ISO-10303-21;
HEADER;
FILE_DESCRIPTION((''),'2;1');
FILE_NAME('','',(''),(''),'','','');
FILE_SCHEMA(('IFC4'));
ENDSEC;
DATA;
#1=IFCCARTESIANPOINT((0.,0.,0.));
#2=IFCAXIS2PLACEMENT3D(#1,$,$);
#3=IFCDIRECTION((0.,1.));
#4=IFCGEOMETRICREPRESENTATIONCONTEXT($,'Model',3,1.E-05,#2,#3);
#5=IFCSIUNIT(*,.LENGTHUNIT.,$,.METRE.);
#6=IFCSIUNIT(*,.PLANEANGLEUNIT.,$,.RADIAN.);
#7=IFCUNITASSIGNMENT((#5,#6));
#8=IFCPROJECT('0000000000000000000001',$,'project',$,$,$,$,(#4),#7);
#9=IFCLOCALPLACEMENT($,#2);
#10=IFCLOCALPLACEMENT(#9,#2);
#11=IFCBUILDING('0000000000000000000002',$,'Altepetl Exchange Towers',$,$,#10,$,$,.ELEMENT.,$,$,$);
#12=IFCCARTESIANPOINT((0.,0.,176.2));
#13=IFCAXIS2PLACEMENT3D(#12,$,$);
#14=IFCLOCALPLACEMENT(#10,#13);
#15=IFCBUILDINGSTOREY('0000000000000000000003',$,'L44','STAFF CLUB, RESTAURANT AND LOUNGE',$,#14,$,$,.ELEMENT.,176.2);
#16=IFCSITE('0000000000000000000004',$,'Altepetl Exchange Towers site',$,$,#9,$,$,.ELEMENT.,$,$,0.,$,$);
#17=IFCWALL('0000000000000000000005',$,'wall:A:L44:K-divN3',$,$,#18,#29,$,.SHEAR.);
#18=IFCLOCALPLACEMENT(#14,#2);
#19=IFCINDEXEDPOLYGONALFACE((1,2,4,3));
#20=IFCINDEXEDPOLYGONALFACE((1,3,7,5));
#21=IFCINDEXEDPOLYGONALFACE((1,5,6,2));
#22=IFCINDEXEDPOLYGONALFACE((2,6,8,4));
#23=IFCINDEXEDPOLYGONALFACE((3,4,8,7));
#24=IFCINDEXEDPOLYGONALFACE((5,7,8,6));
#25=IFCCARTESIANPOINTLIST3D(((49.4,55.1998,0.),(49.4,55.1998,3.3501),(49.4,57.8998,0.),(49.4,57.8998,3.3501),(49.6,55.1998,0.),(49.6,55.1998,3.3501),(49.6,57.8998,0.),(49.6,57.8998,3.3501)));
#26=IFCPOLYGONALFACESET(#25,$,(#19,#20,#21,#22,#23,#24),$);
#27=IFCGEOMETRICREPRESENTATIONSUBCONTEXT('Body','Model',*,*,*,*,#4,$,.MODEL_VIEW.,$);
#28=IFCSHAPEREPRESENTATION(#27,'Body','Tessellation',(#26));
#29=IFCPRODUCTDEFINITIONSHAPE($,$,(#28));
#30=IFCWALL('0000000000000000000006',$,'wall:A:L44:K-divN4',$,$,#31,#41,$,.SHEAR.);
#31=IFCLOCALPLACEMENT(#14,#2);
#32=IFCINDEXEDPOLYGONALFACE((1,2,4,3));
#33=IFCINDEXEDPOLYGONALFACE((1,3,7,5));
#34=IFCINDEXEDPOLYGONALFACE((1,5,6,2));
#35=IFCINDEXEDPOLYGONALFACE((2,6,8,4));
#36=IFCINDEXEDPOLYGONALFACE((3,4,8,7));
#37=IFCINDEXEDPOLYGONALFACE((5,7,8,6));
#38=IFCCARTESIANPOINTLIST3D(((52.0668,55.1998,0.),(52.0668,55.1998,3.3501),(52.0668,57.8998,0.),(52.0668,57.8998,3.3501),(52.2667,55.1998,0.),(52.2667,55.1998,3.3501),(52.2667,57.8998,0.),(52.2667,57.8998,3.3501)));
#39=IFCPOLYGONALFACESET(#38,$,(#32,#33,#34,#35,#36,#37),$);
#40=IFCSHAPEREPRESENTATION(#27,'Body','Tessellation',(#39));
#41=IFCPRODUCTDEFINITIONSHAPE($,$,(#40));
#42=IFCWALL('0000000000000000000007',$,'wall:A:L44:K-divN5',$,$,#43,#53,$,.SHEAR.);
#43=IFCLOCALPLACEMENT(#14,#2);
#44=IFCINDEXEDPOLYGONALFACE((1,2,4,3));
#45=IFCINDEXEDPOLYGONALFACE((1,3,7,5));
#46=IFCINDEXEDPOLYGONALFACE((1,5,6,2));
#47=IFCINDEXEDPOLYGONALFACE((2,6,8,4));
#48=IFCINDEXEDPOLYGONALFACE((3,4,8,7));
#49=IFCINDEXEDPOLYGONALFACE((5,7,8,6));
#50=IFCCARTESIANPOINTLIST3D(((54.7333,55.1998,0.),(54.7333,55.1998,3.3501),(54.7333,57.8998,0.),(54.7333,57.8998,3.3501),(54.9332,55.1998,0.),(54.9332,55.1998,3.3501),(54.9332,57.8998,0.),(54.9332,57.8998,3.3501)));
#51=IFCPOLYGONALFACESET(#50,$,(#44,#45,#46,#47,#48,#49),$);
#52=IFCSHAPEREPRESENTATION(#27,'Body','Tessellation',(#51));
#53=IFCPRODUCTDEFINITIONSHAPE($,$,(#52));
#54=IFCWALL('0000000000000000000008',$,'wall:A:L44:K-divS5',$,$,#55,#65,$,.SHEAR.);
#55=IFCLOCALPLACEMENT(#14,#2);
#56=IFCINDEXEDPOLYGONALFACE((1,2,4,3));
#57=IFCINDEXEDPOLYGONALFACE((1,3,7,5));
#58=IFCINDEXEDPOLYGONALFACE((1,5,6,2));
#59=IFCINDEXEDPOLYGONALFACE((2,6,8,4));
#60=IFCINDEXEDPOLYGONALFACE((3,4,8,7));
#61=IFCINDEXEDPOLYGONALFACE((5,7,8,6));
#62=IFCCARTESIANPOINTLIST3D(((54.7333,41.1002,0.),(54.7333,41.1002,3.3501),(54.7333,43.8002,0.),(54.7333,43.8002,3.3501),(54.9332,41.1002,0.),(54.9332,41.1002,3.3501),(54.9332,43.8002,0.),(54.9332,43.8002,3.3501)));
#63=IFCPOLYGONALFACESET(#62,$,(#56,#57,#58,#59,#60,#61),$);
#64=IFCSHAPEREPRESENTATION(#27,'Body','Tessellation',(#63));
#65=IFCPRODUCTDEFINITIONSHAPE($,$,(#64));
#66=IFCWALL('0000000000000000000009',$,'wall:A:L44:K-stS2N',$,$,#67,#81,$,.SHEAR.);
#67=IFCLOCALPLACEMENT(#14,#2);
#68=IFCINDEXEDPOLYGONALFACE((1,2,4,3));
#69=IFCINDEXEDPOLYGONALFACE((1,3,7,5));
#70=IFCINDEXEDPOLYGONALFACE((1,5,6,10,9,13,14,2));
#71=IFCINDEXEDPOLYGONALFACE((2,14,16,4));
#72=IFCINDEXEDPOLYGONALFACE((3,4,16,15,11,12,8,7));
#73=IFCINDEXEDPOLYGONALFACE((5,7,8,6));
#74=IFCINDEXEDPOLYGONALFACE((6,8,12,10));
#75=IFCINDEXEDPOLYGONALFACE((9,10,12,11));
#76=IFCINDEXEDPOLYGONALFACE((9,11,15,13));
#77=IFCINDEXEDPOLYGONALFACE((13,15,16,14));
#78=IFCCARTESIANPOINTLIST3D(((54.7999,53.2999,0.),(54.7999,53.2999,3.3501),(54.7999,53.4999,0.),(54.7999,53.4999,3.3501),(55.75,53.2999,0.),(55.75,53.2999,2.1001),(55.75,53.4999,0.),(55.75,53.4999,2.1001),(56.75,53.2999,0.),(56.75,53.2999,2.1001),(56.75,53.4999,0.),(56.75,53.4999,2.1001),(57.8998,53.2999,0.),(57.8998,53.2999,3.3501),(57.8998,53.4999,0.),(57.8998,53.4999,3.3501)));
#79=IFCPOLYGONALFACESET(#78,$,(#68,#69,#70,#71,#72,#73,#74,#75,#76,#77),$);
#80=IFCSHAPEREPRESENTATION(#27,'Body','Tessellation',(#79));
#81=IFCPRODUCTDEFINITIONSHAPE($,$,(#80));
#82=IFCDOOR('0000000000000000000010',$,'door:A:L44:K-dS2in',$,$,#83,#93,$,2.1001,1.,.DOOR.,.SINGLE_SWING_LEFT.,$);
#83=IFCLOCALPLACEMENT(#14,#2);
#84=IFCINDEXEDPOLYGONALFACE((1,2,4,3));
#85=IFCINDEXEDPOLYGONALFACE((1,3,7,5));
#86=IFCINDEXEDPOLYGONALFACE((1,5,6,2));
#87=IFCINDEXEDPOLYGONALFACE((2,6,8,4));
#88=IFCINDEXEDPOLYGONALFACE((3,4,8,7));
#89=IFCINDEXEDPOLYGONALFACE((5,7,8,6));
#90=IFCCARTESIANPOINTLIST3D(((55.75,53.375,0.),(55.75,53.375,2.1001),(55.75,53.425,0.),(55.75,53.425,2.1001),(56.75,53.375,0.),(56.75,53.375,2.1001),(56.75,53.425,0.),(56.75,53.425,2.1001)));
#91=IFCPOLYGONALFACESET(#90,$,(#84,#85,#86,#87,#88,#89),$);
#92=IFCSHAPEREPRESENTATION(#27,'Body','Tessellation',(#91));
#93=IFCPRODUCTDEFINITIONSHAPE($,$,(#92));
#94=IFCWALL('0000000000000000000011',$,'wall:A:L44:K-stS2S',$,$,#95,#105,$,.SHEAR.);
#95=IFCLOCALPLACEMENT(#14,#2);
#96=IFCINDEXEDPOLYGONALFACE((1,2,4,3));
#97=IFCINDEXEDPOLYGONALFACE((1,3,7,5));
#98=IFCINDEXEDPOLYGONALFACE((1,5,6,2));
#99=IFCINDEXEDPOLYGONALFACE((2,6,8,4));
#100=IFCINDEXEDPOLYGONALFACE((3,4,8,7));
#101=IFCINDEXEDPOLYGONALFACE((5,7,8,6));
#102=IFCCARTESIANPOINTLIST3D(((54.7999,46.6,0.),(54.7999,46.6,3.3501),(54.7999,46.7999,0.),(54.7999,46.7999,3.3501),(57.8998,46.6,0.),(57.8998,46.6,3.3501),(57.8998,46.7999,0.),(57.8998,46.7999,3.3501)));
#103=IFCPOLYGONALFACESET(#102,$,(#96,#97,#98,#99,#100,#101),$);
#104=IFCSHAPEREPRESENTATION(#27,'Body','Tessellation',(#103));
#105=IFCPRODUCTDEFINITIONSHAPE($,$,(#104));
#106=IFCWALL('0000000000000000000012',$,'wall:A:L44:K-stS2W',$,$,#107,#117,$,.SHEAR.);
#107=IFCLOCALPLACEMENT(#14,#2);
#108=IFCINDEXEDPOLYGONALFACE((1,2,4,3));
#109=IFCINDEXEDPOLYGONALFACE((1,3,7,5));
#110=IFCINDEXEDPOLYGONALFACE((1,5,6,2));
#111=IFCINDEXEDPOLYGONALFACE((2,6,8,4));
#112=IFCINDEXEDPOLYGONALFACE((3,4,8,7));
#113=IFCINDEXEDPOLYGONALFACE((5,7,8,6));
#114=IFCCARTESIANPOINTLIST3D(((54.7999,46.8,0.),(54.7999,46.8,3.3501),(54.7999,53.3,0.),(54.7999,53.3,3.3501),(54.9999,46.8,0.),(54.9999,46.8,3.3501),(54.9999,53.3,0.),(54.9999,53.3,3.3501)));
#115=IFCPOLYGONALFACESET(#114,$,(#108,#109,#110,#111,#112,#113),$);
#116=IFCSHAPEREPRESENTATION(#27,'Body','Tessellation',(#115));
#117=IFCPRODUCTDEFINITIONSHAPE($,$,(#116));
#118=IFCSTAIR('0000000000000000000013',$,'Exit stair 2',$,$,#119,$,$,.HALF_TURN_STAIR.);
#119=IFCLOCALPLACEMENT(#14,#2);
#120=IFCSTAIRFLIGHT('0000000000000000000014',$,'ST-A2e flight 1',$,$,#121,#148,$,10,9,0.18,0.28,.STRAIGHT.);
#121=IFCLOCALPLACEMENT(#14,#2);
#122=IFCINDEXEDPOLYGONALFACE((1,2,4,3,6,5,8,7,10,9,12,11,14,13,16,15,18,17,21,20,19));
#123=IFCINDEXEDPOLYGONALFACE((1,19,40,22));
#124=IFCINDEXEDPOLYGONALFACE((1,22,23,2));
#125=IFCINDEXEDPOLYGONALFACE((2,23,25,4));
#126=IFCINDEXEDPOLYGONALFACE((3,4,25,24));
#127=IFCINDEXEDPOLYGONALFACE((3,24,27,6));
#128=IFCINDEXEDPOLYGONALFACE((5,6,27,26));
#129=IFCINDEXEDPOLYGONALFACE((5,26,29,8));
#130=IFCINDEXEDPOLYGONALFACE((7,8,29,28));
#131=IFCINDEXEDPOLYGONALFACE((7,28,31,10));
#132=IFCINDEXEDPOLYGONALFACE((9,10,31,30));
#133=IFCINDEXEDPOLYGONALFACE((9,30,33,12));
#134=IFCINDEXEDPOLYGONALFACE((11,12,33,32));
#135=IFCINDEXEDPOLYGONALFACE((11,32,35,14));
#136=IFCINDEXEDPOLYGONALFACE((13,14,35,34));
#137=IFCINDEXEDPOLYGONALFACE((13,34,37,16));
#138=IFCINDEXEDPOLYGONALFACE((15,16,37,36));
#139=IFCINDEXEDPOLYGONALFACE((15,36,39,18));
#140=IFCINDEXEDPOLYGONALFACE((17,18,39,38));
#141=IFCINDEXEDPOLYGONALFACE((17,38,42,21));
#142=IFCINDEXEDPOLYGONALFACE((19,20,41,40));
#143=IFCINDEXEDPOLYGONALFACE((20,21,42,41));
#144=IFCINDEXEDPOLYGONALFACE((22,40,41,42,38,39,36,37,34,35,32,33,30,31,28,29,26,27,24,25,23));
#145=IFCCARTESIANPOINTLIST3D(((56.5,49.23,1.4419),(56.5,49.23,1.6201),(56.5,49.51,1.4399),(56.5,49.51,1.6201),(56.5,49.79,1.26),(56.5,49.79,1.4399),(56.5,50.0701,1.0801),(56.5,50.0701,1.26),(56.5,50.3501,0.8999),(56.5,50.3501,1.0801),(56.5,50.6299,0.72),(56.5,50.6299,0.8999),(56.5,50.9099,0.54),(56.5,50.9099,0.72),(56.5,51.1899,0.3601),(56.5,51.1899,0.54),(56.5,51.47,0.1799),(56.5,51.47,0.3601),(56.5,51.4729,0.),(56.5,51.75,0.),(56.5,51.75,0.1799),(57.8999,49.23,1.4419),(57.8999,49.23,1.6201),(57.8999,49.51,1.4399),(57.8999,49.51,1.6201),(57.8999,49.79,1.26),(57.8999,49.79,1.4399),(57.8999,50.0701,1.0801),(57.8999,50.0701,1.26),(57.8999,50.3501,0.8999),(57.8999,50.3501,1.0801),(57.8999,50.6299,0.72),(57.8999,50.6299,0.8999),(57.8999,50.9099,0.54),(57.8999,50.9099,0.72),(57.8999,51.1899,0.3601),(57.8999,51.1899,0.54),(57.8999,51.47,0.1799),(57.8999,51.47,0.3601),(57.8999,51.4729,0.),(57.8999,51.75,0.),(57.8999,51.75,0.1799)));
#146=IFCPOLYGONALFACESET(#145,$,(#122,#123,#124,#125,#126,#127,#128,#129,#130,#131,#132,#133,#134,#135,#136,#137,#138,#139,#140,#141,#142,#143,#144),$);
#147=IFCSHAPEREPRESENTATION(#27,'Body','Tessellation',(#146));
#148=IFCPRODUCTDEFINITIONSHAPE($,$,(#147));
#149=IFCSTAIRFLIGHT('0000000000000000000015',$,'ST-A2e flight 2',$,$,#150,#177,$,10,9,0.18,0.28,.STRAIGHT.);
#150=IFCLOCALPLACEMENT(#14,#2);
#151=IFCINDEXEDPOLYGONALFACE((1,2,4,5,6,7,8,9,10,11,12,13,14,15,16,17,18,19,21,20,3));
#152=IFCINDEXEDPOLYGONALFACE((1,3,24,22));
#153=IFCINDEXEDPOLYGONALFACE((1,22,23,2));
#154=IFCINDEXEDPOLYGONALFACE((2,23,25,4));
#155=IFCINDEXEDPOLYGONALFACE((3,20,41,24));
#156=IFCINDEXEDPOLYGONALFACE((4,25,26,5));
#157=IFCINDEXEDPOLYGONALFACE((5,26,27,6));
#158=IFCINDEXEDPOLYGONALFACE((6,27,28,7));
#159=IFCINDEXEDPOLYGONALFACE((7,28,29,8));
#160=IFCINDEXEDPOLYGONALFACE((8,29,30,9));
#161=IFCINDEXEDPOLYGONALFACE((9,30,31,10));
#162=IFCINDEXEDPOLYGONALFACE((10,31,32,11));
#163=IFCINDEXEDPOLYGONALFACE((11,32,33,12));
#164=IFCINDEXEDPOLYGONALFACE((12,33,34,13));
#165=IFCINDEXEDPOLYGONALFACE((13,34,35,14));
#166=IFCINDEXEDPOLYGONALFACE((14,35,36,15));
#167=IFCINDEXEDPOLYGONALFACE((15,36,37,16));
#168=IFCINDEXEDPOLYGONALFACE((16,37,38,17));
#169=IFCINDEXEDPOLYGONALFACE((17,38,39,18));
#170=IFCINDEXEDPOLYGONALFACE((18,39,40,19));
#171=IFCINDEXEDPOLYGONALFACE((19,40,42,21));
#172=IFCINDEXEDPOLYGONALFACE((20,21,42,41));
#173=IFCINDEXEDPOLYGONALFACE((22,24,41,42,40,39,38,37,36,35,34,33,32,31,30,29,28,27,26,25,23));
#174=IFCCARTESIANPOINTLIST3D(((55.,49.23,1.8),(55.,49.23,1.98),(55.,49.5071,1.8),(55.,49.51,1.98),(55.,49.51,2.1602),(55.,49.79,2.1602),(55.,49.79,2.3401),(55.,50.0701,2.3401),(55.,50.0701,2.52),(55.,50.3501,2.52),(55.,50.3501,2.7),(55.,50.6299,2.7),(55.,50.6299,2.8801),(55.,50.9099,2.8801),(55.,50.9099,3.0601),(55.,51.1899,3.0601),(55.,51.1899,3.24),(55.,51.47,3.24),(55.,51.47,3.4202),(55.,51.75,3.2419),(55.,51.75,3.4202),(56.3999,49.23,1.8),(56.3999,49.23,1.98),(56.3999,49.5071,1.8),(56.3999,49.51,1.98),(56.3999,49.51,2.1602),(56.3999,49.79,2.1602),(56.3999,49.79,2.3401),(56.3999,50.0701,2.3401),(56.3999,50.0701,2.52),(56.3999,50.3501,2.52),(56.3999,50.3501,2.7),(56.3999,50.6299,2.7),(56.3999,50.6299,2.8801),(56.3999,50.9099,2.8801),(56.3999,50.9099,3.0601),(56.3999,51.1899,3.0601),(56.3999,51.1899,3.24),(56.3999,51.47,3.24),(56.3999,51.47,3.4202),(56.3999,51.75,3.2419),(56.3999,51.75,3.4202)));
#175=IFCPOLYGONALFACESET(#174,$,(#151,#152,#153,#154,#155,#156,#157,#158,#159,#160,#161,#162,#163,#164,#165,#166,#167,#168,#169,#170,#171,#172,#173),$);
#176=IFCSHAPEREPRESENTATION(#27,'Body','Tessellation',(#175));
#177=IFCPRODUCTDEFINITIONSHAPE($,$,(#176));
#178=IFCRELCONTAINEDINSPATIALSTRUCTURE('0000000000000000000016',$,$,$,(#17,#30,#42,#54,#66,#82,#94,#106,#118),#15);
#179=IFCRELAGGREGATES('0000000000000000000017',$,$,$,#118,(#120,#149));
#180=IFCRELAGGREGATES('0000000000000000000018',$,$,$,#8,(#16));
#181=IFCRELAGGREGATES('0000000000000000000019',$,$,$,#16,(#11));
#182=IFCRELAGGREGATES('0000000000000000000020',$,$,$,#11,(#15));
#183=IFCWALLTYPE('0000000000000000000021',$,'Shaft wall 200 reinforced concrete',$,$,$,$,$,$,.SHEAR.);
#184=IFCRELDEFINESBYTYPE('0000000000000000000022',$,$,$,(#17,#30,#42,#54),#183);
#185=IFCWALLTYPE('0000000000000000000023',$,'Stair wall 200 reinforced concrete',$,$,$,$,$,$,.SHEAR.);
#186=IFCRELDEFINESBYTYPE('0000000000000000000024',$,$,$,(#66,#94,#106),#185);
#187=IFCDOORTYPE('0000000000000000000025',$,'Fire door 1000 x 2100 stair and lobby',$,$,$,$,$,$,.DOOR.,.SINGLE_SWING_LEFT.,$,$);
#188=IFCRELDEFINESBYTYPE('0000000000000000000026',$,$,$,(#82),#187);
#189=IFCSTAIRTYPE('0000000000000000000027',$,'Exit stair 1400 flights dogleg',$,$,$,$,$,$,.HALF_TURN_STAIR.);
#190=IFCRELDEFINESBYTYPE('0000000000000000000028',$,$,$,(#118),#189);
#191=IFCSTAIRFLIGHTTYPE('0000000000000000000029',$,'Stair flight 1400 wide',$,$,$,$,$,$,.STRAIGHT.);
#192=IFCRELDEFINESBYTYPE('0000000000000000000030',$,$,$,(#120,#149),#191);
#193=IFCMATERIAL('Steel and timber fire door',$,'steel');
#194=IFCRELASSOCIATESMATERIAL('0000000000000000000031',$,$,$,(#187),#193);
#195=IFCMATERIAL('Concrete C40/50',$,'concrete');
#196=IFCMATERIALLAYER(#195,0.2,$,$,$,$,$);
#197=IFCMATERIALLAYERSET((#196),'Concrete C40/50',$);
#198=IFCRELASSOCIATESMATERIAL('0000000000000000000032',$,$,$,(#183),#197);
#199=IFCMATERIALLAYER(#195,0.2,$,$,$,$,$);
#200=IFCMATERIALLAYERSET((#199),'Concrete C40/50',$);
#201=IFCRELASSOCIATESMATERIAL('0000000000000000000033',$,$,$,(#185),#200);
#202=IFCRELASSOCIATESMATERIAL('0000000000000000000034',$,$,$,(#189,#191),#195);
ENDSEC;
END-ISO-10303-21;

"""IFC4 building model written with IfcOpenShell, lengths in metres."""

from ifc_helpers import new_model, si_unit, direction, frame, frame_2d, origin, place, context, subcontext, project, spatial, polyline, rectangle, outline, extrude, material, layer, layer_set, type_object, element, fill, aggregate, save


model = new_model("IFC4")

# Units and contexts
model_context = context("Model", 3, precision=1e-05, world=origin(), true_north=direction((0.0, 1.0)))
body_context = subcontext(model_context, "Body", "Model", "MODEL_VIEW")
ifc_project = project(units=[si_unit("LENGTHUNIT", "METRE"), si_unit("PLANEANGLEUNIT", "RADIAN")], contexts=[model_context])

# Site, building, storey
site_placement = place(None, origin())
site = spatial("IfcSite", under=ifc_project, at=site_placement, Name="Altepetl Exchange Towers site", CompositionType="ELEMENT", RefElevation=0.0)
building_placement = place(site_placement, origin())
building = spatial("IfcBuilding", under=site, at=building_placement, Name="Altepetl Exchange Towers", CompositionType="ELEMENT")
storey_placement = place(building_placement, frame((0.0, 0.0, 176.2)))
storey = spatial("IfcBuildingStorey", under=building, at=storey_placement, Name="L44", Description="STAFF CLUB, RESTAURANT AND LOUNGE", CompositionType="ELEMENT", Elevation=176.2)

# Shared definitions
ifc_material_1 = material(Name="Steel and timber fire door", Category="steel")
door_type_1 = type_object("IfcDoorType", Name="Fire door 1000 x 2100 stair and lobby", OperationType="SINGLE_SWING_LEFT", PredefinedType="DOOR", material=ifc_material_1)

# Walls
ifc_material_2 = material(Name="Concrete C40/50", Category="concrete")
ifc_layer_1 = layer(ifc_material_2, 0.2)
ifc_layer_set_1 = layer_set([ifc_layer_1], Name="Concrete C40/50")
wall_type_1 = type_object("IfcWallType", Name="Shaft wall 200 reinforced concrete", PredefinedType="SHEAR", material=ifc_layer_set_1)
for number, where, z_axis, x_axis, name in (
    (1, (49.5, 57.8999, 0.0), (0.0, 0.0, 1.0), (0.0, -1.0, 0.0), "wall:A:L44:K-divN3"),
    (2, (52.1667, 57.8999, 0.0), (0.0, 0.0, 1.0), (0.0, -1.0, 0.0), "wall:A:L44:K-divN4"),
    (3, (54.8333, 57.8999, 0.0), (0.0, 0.0, 1.0), (0.0, -1.0, 0.0), "wall:A:L44:K-divN5"),
    (4, (54.8333, 41.1001, 0.0), (0.0, 0.0, 1.0), (0.0, 1.0, 0.0), "wall:A:L44:K-divS5"),
):
    element("IfcWall", number, at=place(storey_placement, frame(where, z_axis=z_axis, x_axis=x_axis)), inside=storey, type_object=wall_type_1, Name=name, PredefinedType="SHEAR", context=body_context, shape_type="SweptSolid", body=[
        extrude(rectangle(XDim=2.7, YDim=0.2, at=frame_2d((1.3501, 0.0))), origin(), (0.0, 0.0, 1.0), 3.3501),
    ])

# Wall, opening, door
ifc_layer_2 = layer(ifc_material_2, 0.2)
ifc_layer_set_2 = layer_set([ifc_layer_2], Name="Concrete C40/50")
wall_type_2 = type_object("IfcWallType", Name="Stair wall 200 reinforced concrete", PredefinedType="SHEAR", material=ifc_layer_set_2)
wall_1_placement = place(storey_placement, frame((54.8, 53.3999, 0.0)))
wall_1 = element("IfcWall", 5, at=wall_1_placement, inside=storey, type_object=wall_type_2, Name="wall:A:L44:K-stS2N", PredefinedType="SHEAR", context=body_context, shape_type="SweptSolid", body=[
    extrude(rectangle(XDim=3.0999, YDim=0.2, at=frame_2d((1.5498, 0.0))), origin(), (0.0, 0.0, 1.0), 3.3501),
])
opening_1_placement = place(wall_1_placement, frame((0.95, 0.0, 0.0)))
opening_1 = element("IfcOpeningElement", 6, at=opening_1_placement, cuts=wall_1, PredefinedType="OPENING", context=body_context, shape_type="SweptSolid", body=[
    extrude(rectangle(XDim=1.0, YDim=2.1001, at=frame_2d((0.5, 1.05))), frame((0.0, 0.1099, 0.0), z_axis=(0.0, -1.0, 0.0), x_axis=(1.0, 0.0, 0.0)), (0.0, 0.0, 1.0), 0.22),
])
door_1_placement = place(opening_1_placement, frame((1.0, 0.0, 0.0), x_axis=(-1.0, 0.0, 0.0)))
door_1 = element("IfcDoor", 7, at=door_1_placement, inside=storey, type_object=door_type_1, Name="door:A:L44:K-dS2in", OperationType="SINGLE_SWING_LEFT", OverallHeight=2.1001, OverallWidth=1.0, PredefinedType="DOOR", context=body_context, shape_type="SweptSolid", body=[
    extrude(rectangle(XDim=1.0, YDim=2.1001, at=frame_2d((0.5, 1.05))), frame((0.0, 0.0249, 0.0), z_axis=(0.0, -1.0, 0.0), x_axis=(1.0, 0.0, 0.0)), (0.0, 0.0, 1.0), 0.05),
])
fill(opening_1, door_1)

# Walls
wall_2_placement = place(storey_placement, frame((54.8, 46.7, 0.0)))
element("IfcWall", 8, at=wall_2_placement, inside=storey, type_object=wall_type_2, Name="wall:A:L44:K-stS2S", PredefinedType="SHEAR", context=body_context, shape_type="SweptSolid", body=[
    extrude(rectangle(XDim=3.0999, YDim=0.2, at=frame_2d((1.5498, 0.0))), origin(), (0.0, 0.0, 1.0), 3.3501),
])
wall_3_placement = place(storey_placement, frame((54.8999, 46.8, 0.0), z_axis=(0.0, 0.0, 1.0), x_axis=(0.0, 1.0, 0.0)))
element("IfcWall", 9, at=wall_3_placement, inside=storey, type_object=wall_type_2, Name="wall:A:L44:K-stS2W", PredefinedType="SHEAR", context=body_context, shape_type="SweptSolid", body=[
    extrude(rectangle(XDim=6.5, YDim=0.2, at=frame_2d((3.25, 0.0))), origin(), (0.0, 0.0, 1.0), 3.3501),
])

# Stair, stair flights
stair_type = type_object("IfcStairType", Name="Exit stair 1400 flights dogleg", PredefinedType="HALF_TURN_STAIR", material=ifc_material_2)
stair_placement = place(storey_placement, origin())
stair = element("IfcStair", 10, at=stair_placement, inside=storey, type_object=stair_type, Name="Exit stair 2", PredefinedType="HALF_TURN_STAIR")
stair_flight_type = type_object("IfcStairFlightType", Name="Stair flight 1400 wide", PredefinedType="STRAIGHT", material=ifc_material_2)
stair_flight_1_placement = place(storey_placement, frame((57.2, 51.75, 0.0), z_axis=(0.0, 0.0, 1.0), x_axis=(0.0, -1.0, 0.0)))
stair_flight_1 = element("IfcStairFlight", 11, at=stair_flight_1_placement, type_object=stair_flight_type, Name="ST-A2e flight 1", NumberOfRisers=10, NumberOfTreads=9, PredefinedType="STRAIGHT", RiserHeight=0.18, TreadLength=0.28, context=body_context, shape_type="SweptSolid", body=[
    extrude(outline(polyline([(0.0, 0.0), (0.0, 0.1799), (0.28, 0.1799), (0.28, 0.3601), (0.5601, 0.3601), (0.5601, 0.54), (0.8401, 0.54), (0.8401, 0.72), (1.1201, 0.72), (1.1201, 0.8999), (1.3999, 0.8999), (1.3999, 1.0801), (1.6799, 1.0801), (1.6799, 1.26), (1.96, 1.26), (1.96, 1.4399), (2.24, 1.4399), (2.24, 1.6201), (2.52, 1.6201), (2.52, 1.8), (2.52, 1.4419), (0.2771, 0.0), (0.0, 0.0)])), frame((0.0, 0.7, 0.0), z_axis=(0.0, -1.0, 0.0), x_axis=(1.0, 0.0, 0.0)), (0.0, 0.0, 1.0), 1.3999),
])
stair_flight_2_placement = place(storey_placement, frame((55.7, 49.23, 1.8), z_axis=(0.0, 0.0, 1.0), x_axis=(0.0, 1.0, 0.0)))
stair_flight_2 = element("IfcStairFlight", 12, at=stair_flight_2_placement, type_object=stair_flight_type, Name="ST-A2e flight 2", NumberOfRisers=10, NumberOfTreads=9, PredefinedType="STRAIGHT", RiserHeight=0.18, TreadLength=0.28, context=body_context, shape_type="SweptSolid", body=[
    extrude(outline(polyline([(0.0, 0.0), (0.0, 0.1799), (0.28, 0.1799), (0.28, 0.3601), (0.5601, 0.3601), (0.5601, 0.54), (0.8401, 0.54), (0.8401, 0.72), (1.1201, 0.72), (1.1201, 0.8999), (1.3999, 0.8999), (1.3999, 1.0801), (1.6799, 1.0801), (1.6799, 1.26), (1.96, 1.26), (1.96, 1.4399), (2.24, 1.4399), (2.24, 1.6201), (2.52, 1.6201), (2.52, 1.8), (2.52, 1.4419), (0.2771, 0.0), (0.0, 0.0)])), frame((0.0, 0.7, 0.0), z_axis=(0.0, -1.0, 0.0), x_axis=(1.0, 0.0, 0.0)), (0.0, 0.0, 1.0), 1.3999),
])
aggregate(stair, [stair_flight_1, stair_flight_2])

save(model, "model.ifc")
